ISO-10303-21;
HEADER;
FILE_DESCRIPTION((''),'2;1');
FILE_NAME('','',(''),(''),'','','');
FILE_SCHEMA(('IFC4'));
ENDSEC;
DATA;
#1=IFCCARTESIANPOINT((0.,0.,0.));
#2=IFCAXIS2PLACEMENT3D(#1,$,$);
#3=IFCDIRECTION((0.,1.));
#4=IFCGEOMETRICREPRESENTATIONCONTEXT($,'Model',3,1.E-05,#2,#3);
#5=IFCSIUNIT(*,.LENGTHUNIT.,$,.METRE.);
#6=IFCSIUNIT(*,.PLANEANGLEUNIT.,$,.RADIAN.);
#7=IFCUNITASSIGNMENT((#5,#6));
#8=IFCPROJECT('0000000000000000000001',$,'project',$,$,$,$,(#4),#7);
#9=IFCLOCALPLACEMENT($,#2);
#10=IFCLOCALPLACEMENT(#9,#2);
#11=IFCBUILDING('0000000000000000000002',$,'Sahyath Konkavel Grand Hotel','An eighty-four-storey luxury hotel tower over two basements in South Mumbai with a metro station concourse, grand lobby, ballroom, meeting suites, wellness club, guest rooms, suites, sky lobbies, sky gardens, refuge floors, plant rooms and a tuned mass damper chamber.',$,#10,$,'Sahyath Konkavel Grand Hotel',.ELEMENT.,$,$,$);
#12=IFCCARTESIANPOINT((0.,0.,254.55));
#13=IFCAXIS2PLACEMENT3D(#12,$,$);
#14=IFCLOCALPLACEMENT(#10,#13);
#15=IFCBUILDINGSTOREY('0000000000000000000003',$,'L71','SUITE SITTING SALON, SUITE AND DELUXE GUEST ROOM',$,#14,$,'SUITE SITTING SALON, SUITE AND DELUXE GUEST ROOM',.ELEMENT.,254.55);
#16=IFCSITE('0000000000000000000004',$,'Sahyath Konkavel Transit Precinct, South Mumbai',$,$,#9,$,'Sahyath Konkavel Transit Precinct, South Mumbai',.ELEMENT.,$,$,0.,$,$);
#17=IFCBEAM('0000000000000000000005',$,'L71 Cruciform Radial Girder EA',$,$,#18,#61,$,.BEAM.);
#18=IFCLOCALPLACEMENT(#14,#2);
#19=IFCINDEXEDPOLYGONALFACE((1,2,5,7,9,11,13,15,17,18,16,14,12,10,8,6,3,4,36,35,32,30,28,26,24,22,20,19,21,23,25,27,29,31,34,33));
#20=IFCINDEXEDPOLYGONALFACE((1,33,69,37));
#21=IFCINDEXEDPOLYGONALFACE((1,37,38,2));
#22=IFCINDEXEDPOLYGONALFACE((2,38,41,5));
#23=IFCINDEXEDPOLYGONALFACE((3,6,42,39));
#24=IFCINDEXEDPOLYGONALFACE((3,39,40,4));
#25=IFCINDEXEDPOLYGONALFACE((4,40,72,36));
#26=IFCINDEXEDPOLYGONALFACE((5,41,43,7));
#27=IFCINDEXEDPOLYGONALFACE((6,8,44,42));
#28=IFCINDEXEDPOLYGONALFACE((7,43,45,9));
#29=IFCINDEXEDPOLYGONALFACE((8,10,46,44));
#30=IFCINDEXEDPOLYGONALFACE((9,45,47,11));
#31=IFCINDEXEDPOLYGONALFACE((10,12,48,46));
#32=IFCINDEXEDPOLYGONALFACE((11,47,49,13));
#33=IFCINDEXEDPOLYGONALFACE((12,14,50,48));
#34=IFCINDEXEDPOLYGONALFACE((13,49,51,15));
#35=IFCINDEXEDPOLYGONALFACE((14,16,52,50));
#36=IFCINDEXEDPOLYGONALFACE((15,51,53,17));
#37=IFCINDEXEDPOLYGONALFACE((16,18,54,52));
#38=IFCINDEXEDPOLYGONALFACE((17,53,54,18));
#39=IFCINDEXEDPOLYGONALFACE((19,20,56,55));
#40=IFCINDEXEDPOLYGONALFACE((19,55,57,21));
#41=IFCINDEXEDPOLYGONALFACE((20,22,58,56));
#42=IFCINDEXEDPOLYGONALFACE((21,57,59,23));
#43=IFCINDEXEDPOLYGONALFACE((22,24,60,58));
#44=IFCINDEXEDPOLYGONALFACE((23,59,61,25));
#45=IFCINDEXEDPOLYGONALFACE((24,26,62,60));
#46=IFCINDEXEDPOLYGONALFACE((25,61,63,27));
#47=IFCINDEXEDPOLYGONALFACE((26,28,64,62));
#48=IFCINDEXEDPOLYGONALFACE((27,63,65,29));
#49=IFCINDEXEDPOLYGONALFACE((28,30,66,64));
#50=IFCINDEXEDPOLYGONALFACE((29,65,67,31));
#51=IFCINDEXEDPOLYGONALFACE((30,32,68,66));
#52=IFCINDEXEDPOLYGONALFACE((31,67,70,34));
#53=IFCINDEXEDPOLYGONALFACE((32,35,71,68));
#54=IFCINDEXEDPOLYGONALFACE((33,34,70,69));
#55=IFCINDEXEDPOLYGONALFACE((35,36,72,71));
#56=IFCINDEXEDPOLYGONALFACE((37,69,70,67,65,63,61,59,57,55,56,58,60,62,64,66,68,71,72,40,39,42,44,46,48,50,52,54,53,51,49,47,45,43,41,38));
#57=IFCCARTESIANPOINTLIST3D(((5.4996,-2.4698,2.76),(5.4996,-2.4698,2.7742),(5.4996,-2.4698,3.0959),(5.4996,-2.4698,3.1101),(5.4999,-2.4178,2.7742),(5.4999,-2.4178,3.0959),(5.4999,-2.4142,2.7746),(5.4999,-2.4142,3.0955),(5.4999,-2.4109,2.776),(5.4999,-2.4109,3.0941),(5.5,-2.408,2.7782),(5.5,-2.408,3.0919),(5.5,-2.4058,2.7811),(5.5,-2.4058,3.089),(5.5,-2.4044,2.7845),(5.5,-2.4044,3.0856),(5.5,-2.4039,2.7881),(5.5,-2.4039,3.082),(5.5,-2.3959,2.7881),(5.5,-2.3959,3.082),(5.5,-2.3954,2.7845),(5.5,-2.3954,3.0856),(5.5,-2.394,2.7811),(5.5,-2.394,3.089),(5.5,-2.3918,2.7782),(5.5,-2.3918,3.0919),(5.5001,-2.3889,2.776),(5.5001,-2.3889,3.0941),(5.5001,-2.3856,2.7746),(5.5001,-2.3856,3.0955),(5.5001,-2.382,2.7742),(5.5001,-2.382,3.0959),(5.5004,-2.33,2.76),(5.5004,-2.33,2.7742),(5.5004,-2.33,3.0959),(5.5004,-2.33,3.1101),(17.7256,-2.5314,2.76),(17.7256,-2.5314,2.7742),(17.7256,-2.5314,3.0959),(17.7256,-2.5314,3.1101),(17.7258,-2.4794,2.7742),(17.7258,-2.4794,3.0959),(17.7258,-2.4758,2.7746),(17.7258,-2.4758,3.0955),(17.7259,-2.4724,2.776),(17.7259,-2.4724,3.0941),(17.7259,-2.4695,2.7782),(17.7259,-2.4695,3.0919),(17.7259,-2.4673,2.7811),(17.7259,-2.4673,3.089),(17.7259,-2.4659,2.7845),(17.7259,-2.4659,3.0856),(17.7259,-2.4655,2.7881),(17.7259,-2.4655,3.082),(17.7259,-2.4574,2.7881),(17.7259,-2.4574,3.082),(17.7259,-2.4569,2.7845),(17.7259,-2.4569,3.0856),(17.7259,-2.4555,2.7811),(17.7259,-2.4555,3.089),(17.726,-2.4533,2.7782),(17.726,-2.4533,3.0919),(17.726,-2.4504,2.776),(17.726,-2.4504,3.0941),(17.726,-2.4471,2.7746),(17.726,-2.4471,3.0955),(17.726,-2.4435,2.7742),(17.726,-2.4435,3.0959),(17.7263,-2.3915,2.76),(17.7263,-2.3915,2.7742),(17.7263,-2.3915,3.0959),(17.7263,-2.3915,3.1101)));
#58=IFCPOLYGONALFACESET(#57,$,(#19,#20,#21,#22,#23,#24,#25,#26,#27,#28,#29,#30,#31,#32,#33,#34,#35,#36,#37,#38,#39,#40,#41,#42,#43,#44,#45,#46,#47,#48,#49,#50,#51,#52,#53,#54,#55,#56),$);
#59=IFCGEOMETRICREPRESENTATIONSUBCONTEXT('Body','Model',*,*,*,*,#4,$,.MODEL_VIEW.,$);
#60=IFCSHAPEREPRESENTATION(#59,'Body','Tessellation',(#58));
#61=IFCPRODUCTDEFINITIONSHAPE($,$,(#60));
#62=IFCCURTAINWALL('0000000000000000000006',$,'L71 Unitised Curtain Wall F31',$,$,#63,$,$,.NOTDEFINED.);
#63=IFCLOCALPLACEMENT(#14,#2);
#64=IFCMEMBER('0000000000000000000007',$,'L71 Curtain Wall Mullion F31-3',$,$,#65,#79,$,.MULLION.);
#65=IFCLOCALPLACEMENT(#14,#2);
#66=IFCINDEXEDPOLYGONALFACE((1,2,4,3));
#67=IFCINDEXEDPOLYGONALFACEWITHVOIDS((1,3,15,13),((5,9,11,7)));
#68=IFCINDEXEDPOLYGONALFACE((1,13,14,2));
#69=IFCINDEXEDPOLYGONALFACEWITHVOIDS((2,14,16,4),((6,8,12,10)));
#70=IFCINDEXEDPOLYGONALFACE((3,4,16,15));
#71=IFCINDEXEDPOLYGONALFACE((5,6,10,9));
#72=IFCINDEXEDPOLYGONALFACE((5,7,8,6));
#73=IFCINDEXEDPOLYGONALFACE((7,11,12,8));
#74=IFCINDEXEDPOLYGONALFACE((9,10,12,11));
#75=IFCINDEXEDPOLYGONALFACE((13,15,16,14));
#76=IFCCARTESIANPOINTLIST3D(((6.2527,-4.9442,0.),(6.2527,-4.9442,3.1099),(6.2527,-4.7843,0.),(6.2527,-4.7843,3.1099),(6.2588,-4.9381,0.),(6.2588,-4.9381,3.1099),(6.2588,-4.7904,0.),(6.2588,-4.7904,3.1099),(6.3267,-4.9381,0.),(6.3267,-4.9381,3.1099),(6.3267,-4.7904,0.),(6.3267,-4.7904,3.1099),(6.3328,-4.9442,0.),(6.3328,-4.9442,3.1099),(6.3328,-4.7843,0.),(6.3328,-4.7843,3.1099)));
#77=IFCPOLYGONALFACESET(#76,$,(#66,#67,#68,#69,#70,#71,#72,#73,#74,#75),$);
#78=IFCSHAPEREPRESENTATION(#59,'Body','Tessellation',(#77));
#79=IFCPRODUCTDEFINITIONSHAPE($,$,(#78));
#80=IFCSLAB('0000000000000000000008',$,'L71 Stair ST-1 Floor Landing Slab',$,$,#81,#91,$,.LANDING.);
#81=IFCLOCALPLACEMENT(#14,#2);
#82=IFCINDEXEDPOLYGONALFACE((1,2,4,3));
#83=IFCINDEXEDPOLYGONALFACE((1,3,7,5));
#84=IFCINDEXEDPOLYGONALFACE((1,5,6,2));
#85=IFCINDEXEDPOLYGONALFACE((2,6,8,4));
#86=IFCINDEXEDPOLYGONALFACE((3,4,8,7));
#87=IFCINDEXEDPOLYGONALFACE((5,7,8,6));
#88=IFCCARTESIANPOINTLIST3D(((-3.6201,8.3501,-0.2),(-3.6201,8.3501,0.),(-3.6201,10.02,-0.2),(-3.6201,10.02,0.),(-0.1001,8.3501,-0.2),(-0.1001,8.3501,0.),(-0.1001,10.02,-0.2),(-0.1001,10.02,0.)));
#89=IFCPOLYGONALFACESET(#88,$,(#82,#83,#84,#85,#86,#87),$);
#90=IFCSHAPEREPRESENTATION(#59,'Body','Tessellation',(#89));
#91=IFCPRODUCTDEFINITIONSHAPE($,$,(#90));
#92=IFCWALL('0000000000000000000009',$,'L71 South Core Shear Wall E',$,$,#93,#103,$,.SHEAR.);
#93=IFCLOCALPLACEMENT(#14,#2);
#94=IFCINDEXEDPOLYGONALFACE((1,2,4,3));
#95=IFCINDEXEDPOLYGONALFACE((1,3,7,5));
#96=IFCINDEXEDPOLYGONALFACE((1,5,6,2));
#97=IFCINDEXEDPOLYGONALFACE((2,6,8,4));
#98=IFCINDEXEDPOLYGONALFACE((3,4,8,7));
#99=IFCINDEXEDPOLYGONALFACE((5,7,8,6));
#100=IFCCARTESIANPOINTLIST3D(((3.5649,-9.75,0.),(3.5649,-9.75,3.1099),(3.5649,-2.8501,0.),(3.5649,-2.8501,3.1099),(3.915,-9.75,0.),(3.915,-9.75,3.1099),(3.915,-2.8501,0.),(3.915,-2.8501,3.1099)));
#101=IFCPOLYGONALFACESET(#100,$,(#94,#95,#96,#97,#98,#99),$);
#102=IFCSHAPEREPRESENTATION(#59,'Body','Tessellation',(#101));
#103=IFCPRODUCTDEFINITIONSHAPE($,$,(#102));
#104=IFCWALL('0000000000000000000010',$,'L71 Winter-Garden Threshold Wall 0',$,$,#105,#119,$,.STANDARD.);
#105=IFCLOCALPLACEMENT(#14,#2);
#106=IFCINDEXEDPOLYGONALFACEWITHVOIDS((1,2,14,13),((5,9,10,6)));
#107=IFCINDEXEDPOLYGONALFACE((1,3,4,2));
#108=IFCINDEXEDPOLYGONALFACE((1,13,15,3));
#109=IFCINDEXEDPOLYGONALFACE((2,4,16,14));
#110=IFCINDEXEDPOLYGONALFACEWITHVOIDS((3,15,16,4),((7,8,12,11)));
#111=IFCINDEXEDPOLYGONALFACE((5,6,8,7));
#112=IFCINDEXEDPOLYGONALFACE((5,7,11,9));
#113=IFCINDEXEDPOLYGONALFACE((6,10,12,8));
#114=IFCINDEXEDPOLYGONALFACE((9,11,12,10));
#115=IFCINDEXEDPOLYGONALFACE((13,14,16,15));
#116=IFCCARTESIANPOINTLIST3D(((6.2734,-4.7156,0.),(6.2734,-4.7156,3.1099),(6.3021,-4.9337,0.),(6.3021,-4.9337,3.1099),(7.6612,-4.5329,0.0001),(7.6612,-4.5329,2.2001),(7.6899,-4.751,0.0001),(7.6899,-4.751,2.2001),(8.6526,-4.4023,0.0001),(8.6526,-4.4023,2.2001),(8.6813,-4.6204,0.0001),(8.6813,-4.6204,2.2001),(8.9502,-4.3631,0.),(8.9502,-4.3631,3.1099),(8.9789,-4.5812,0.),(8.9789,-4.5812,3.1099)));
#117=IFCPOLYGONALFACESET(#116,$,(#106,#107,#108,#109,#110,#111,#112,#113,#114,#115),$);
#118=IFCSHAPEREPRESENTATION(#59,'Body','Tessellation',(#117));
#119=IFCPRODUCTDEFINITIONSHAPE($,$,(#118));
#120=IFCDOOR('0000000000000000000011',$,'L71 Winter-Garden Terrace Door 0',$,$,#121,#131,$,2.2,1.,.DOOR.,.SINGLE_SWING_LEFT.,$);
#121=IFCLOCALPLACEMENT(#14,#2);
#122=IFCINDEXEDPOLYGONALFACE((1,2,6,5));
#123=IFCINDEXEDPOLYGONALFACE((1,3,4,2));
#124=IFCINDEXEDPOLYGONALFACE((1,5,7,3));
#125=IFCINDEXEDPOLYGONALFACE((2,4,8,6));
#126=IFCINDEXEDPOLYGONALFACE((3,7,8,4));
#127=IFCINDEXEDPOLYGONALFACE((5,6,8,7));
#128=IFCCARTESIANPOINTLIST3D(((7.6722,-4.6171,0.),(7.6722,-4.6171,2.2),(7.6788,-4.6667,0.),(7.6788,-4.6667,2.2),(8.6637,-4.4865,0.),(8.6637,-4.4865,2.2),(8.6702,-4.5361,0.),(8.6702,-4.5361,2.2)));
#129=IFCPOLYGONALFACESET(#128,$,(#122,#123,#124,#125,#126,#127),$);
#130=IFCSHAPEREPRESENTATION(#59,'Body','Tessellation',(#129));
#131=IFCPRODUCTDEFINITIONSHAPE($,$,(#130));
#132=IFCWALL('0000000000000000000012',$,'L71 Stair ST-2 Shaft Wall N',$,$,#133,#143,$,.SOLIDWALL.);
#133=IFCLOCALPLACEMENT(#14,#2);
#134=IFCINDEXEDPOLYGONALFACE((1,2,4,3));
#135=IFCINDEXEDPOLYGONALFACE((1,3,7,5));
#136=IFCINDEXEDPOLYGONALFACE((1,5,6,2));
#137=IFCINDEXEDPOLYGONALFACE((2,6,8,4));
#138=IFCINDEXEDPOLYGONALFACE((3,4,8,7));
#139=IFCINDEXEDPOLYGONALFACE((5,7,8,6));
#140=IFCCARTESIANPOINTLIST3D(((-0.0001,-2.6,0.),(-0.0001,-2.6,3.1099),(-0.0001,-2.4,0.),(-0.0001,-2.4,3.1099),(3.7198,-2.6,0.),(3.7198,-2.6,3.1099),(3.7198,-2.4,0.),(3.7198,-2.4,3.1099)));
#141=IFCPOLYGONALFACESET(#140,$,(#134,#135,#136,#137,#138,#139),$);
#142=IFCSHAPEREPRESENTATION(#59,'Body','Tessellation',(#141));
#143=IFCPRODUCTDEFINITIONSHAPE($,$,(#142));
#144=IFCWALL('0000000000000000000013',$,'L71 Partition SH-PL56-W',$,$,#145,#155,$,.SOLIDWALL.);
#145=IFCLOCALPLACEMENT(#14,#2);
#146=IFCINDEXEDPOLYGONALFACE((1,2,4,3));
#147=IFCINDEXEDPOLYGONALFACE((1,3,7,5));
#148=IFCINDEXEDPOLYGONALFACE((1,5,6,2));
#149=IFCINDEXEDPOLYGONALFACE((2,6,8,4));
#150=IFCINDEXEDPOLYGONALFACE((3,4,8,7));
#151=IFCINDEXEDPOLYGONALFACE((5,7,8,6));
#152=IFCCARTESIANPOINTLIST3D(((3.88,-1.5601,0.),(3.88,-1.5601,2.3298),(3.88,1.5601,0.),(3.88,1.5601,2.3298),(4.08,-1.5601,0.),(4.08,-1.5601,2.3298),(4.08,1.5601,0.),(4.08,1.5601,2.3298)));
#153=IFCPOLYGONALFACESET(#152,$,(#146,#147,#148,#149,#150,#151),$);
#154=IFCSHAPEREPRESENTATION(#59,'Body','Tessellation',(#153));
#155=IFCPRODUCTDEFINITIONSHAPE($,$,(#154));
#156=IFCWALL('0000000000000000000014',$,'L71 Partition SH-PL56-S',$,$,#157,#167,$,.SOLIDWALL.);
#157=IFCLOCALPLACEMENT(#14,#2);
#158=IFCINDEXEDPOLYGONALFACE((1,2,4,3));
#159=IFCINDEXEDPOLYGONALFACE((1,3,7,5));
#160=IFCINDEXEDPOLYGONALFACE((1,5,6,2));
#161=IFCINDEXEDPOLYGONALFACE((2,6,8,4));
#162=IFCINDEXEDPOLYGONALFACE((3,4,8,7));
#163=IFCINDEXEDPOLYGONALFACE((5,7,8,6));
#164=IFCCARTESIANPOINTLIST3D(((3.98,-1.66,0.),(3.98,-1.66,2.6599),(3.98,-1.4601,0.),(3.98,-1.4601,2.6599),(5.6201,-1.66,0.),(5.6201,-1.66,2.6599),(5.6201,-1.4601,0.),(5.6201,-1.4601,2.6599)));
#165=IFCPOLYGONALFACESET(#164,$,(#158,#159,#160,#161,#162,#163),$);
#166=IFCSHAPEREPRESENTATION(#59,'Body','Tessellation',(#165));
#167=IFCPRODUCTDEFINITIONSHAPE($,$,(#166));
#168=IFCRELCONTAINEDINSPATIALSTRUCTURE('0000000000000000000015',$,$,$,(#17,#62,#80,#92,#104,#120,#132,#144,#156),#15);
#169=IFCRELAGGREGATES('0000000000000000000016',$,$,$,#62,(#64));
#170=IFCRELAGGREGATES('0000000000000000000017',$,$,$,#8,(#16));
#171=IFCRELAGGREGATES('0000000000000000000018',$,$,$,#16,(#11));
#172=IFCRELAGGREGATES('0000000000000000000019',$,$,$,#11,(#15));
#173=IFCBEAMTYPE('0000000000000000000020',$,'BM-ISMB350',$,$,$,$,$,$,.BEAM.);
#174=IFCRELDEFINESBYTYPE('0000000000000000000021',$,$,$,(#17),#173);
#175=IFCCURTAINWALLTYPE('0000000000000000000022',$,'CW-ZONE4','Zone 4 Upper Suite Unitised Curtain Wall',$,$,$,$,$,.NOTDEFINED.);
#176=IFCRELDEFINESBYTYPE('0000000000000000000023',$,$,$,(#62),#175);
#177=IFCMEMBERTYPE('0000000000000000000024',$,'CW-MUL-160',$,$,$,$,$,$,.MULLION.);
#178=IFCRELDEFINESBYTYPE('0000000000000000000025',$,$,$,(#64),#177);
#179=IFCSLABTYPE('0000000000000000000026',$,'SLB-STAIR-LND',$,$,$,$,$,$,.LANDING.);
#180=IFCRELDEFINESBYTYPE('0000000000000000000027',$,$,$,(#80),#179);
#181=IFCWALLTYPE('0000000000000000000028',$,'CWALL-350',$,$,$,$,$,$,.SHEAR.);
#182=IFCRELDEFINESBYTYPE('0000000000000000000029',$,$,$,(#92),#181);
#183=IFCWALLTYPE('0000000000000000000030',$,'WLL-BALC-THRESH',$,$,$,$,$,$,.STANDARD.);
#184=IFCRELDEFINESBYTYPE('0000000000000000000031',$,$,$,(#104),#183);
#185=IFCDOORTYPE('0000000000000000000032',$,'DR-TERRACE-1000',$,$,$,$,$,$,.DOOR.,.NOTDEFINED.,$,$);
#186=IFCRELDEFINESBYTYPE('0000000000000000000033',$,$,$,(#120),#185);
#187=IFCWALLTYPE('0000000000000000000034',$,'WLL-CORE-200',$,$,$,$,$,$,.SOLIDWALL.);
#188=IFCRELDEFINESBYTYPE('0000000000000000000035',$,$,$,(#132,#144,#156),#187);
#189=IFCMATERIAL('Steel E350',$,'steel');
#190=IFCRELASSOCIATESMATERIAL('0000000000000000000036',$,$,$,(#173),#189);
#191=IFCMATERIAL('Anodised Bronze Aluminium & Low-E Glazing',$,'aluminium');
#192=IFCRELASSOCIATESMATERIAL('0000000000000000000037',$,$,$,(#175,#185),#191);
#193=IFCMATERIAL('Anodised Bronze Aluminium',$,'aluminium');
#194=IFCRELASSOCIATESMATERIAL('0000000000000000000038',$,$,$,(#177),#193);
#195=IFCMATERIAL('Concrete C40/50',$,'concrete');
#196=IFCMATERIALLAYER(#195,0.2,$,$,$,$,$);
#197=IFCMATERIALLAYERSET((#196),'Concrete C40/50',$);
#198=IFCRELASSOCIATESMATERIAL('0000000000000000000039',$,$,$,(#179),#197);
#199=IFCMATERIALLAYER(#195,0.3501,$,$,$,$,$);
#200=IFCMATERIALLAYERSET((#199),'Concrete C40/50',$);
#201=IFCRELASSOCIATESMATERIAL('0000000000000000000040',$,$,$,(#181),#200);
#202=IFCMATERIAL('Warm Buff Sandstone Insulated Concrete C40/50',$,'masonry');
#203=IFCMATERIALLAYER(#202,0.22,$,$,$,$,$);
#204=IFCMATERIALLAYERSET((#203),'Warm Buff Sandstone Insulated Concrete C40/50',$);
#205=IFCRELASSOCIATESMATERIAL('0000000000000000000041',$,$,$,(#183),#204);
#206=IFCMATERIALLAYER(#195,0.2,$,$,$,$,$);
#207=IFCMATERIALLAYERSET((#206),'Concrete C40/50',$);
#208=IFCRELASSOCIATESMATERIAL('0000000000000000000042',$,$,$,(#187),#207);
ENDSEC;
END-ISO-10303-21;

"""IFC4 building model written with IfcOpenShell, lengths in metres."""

from ifc_helpers import new_model, si_unit, direction, frame, frame_2d, origin, origin_2d, place, context, subcontext, project, spatial, polyline, rectangle, hollow_rectangle, i_section, outline, extrude, source, transform, mapped, material, layer, layer_set, material_profile, profile_set, type_object, element, fill, aggregate, save


model = new_model("IFC4")

# Units and contexts
model_context = context("Model", 3, precision=1e-05, world=origin(), true_north=direction((0.0, 1.0)))
body_context = subcontext(model_context, "Body", "Model", "MODEL_VIEW")
ifc_project = project(units=[si_unit("LENGTHUNIT", "METRE"), si_unit("PLANEANGLEUNIT", "RADIAN")], contexts=[model_context])

# Site, building, storey
site_placement = place(None, origin())
site = spatial("IfcSite", under=ifc_project, at=site_placement, Name="Sahyath Konkavel Transit Precinct, South Mumbai", LongName="Sahyath Konkavel Transit Precinct, South Mumbai", CompositionType="ELEMENT", RefElevation=0.0)
building_placement = place(site_placement, origin())
building = spatial("IfcBuilding", under=site, at=building_placement, Name="Sahyath Konkavel Grand Hotel", Description="An eighty-four-storey luxury hotel tower over two basements in South Mumbai with a metro station concourse, grand lobby, ballroom, meeting suites, wellness club, guest rooms, suites, sky lobbies, sky gardens, refuge floors, plant rooms and a tuned mass damper chamber.", LongName="Sahyath Konkavel Grand Hotel", CompositionType="ELEMENT")
storey_placement = place(building_placement, frame((0.0, 0.0, 254.55)))
storey = spatial("IfcBuildingStorey", under=building, at=storey_placement, Name="L71", Description="SUITE SITTING SALON, SUITE AND DELUXE GUEST ROOM", LongName="SUITE SITTING SALON, SUITE AND DELUXE GUEST ROOM", CompositionType="ELEMENT", Elevation=254.55)

# Shared definitions
ifc_material_1 = material(Name="Concrete C40/50", Category="concrete")

# Beam
ifc_material_2 = material(Name="Steel E350", Category="steel")
ifc_material_profile_1 = material_profile(ifc_material_2, i_section(OverallWidth=0.1399, OverallDepth=0.3501, WebThickness=0.0081, FlangeThickness=0.0142, FilletRadius=0.0139, at=origin_2d()), Name="ISMB 350")
ifc_profile_set_1 = profile_set([ifc_material_profile_1], Name="Steel E350")
beam_type_1 = type_object("IfcBeamType", Name="BM-ISMB350", PredefinedType="BEAM", material=ifc_profile_set_1)
shared_shape_1 = source(origin(), body_context, "Body", "SweptSolid", [
    extrude(i_section(OverallWidth=0.1399, OverallDepth=0.3501, WebThickness=0.0081, FlangeThickness=0.0142, FilletRadius=0.0139, at=origin_2d()), origin(), (0.0, 0.0, 1.0), 12.2261),
])
beam_1_placement = place(storey_placement, frame((5.5, -2.3999, 2.9351), z_axis=(0.999987, -0.005032, 0.0), x_axis=(0.005032, 0.999987, 0.0)))
element("IfcBeam", 1, at=beam_1_placement, inside=storey, type_object=beam_type_1, Name="L71 Cruciform Radial Girder EA", PredefinedType="BEAM", context=body_context, shape_type="MappedRepresentation", body=[
    mapped(shared_shape_1, transform((0.0, 0.0, 0.0), scale=1.0)),
])

# Curtain wall, member
ifc_material_3 = material(Name="Anodised Bronze Aluminium & Low-E Glazing", Category="aluminium")
curtain_wall_type = type_object("IfcCurtainWallType", Name="CW-ZONE4", Description="Zone 4 Upper Suite Unitised Curtain Wall", PredefinedType="NOTDEFINED", material=ifc_material_3)
curtain_wall_placement = place(storey_placement, origin())
curtain_wall = element("IfcCurtainWall", 2, at=curtain_wall_placement, inside=storey, type_object=curtain_wall_type, Name="L71 Unitised Curtain Wall F31", PredefinedType="NOTDEFINED")
ifc_material_4 = material(Name="Anodised Bronze Aluminium", Category="aluminium")
ifc_material_profile_2 = material_profile(ifc_material_4, hollow_rectangle(XDim=0.0801, YDim=0.1599, WallThickness=0.0061, at=origin_2d()), Name="RHS 160x80x6")
ifc_profile_set_2 = profile_set([ifc_material_profile_2], Name="Anodised Bronze Aluminium")
member_type = type_object("IfcMemberType", Name="CW-MUL-160", PredefinedType="MULLION", material=ifc_profile_set_2)
shared_shape_2 = source(origin(), body_context, "Body", "SweptSolid", [
    extrude(hollow_rectangle(XDim=0.0801, YDim=0.1599, WallThickness=0.0061, at=origin_2d()), origin(), (0.0, 0.0, 1.0), 3.1099),
])
member_placement = place(storey_placement, frame((6.2927, -4.8643, 0.0), z_axis=(0.0, 0.0, 1.0), x_axis=(1.0, 0.0, 0.0)))
member = element("IfcMember", 3, at=member_placement, type_object=member_type, Name="L71 Curtain Wall Mullion F31-3", PredefinedType="MULLION", context=body_context, shape_type="MappedRepresentation", body=[
    mapped(shared_shape_2, transform((0.0, 0.0, 0.0), scale=1.0)),
])
aggregate(curtain_wall, [member])

# Slab
ifc_layer_1 = layer(ifc_material_1, 0.2)
ifc_layer_set_1 = layer_set([ifc_layer_1], Name="Concrete C40/50")
slab_type = type_object("IfcSlabType", Name="SLB-STAIR-LND", PredefinedType="LANDING", material=ifc_layer_set_1)
slab_placement = place(storey_placement, frame((0.0, 0.0, -0.2)))
element("IfcSlab", 4, at=slab_placement, inside=storey, type_object=slab_type, Name="L71 Stair ST-1 Floor Landing Slab", PredefinedType="LANDING", context=body_context, shape_type="SweptSolid", body=[
    extrude(outline(polyline([(-3.6201, 8.3501), (-0.1001, 8.3501), (-0.1001, 10.02), (-3.6201, 10.02), (-3.6201, 8.3501)])), origin(), (0.0, 0.0, 1.0), 0.2),
])

# Wall
ifc_layer_2 = layer(ifc_material_1, 0.3501)
ifc_layer_set_2 = layer_set([ifc_layer_2], Name="Concrete C40/50")
wall_type_1 = type_object("IfcWallType", Name="CWALL-350", PredefinedType="SHEAR", material=ifc_layer_set_2)
wall_1_placement = place(storey_placement, frame((3.74, -9.75, 0.0), z_axis=(0.0, 0.0, 1.0), x_axis=(0.0, 1.0, 0.0)))
element("IfcWall", 5, at=wall_1_placement, inside=storey, type_object=wall_type_1, Name="L71 South Core Shear Wall E", PredefinedType="SHEAR", context=body_context, shape_type="SweptSolid", body=[
    extrude(rectangle(XDim=6.8999, YDim=0.3501, at=frame_2d((3.45, 0.0))), origin(), (0.0, 0.0, 1.0), 3.1099),
])

# Wall, opening, door
ifc_material_5 = material(Name="Warm Buff Sandstone Insulated Concrete C40/50", Category="masonry")
ifc_layer_3 = layer(ifc_material_5, 0.22)
ifc_layer_set_3 = layer_set([ifc_layer_3], Name="Warm Buff Sandstone Insulated Concrete C40/50")
wall_type_2 = type_object("IfcWallType", Name="WLL-BALC-THRESH", PredefinedType="STANDARD", material=ifc_layer_set_3)
wall_2_placement = place(storey_placement, frame((6.2876, -4.8247, 0.0), z_axis=(0.0, 0.0, 1.0), x_axis=(0.991438, 0.130576, 0.0)))
wall_2 = element("IfcWall", 6, at=wall_2_placement, inside=storey, type_object=wall_type_2, Name="L71 Winter-Garden Threshold Wall 0", PredefinedType="STANDARD", context=body_context, shape_type="SweptSolid", body=[
    extrude(rectangle(XDim=2.7, YDim=0.22, at=frame_2d((1.3501, 0.0))), origin(), (0.0, 0.0, 1.0), 3.1099),
])
opening_1_placement = place(wall_2_placement, frame((1.3999, 0.0, 0.0)))
opening_1 = element("IfcOpeningElement", 7, at=opening_1_placement, cuts=wall_2, PredefinedType="OPENING", context=body_context, shape_type="SweptSolid", body=[
    extrude(rectangle(XDim=1.0, YDim=2.2, at=frame_2d((0.5, 1.1001))), frame((0.0, 0.1201, 0.0), z_axis=(0.0, -1.0, 0.0), x_axis=(1.0, 0.0, 0.0)), (0.0, 0.0, 1.0), 0.24),
])
door_type_1 = type_object("IfcDoorType", Name="DR-TERRACE-1000", OperationType="NOTDEFINED", PredefinedType="DOOR", material=ifc_material_3)
shared_shape_3 = source(origin(), body_context, "Body", "SweptSolid", [
    extrude(rectangle(XDim=1.0, YDim=0.05, at=origin_2d()), origin(), (0.0, 0.0, 1.0), 2.2),
])
door_1_placement = place(opening_1_placement, frame((0.5, 0.0, 0.0)))
door_1 = element("IfcDoor", 8, at=door_1_placement, inside=storey, type_object=door_type_1, Name="L71 Winter-Garden Terrace Door 0", OperationType="SINGLE_SWING_LEFT", OverallHeight=2.2, OverallWidth=1.0, PredefinedType="DOOR", context=body_context, shape_type="MappedRepresentation", body=[
    mapped(shared_shape_3, transform((0.0, 0.0, 0.0), scale=1.0)),
])
fill(opening_1, door_1)

# Walls
ifc_layer_4 = layer(ifc_material_1, 0.2)
ifc_layer_set_4 = layer_set([ifc_layer_4], Name="Concrete C40/50")
wall_type_3 = type_object("IfcWallType", Name="WLL-CORE-200", PredefinedType="SOLIDWALL", material=ifc_layer_set_4)
wall_3_placement = place(storey_placement, frame((0.0, -2.5, 0.0), z_axis=(0.0, 0.0, 1.0), x_axis=(1.0, 0.0, 0.0)))
element("IfcWall", 9, at=wall_3_placement, inside=storey, type_object=wall_type_3, Name="L71 Stair ST-2 Shaft Wall N", PredefinedType="SOLIDWALL", context=body_context, shape_type="SweptSolid", body=[
    extrude(rectangle(XDim=3.72, YDim=0.2, at=frame_2d((1.8599, 0.0))), origin(), (0.0, 0.0, 1.0), 3.1099),
])
wall_4_placement = place(storey_placement, frame((3.98, -1.5601, 0.0), z_axis=(0.0, 0.0, 1.0), x_axis=(0.0, 1.0, 0.0)))
element("IfcWall", 10, at=wall_4_placement, inside=storey, type_object=wall_type_3, Name="L71 Partition SH-PL56-W", PredefinedType="SOLIDWALL", context=body_context, shape_type="SweptSolid", body=[
    extrude(rectangle(XDim=3.1201, YDim=0.2, at=frame_2d((1.5601, 0.0))), origin(), (0.0, 0.0, 1.0), 2.3298),
])
wall_5_placement = place(storey_placement, frame((3.98, -1.5601, 0.0), z_axis=(0.0, 0.0, 1.0), x_axis=(1.0, 0.0, 0.0)))
element("IfcWall", 11, at=wall_5_placement, inside=storey, type_object=wall_type_3, Name="L71 Partition SH-PL56-S", PredefinedType="SOLIDWALL", context=body_context, shape_type="SweptSolid", body=[
    extrude(rectangle(XDim=1.6401, YDim=0.2, at=frame_2d((0.8201, 0.0))), origin(), (0.0, 0.0, 1.0), 2.6599),
])

save(model, "model.ifc")
